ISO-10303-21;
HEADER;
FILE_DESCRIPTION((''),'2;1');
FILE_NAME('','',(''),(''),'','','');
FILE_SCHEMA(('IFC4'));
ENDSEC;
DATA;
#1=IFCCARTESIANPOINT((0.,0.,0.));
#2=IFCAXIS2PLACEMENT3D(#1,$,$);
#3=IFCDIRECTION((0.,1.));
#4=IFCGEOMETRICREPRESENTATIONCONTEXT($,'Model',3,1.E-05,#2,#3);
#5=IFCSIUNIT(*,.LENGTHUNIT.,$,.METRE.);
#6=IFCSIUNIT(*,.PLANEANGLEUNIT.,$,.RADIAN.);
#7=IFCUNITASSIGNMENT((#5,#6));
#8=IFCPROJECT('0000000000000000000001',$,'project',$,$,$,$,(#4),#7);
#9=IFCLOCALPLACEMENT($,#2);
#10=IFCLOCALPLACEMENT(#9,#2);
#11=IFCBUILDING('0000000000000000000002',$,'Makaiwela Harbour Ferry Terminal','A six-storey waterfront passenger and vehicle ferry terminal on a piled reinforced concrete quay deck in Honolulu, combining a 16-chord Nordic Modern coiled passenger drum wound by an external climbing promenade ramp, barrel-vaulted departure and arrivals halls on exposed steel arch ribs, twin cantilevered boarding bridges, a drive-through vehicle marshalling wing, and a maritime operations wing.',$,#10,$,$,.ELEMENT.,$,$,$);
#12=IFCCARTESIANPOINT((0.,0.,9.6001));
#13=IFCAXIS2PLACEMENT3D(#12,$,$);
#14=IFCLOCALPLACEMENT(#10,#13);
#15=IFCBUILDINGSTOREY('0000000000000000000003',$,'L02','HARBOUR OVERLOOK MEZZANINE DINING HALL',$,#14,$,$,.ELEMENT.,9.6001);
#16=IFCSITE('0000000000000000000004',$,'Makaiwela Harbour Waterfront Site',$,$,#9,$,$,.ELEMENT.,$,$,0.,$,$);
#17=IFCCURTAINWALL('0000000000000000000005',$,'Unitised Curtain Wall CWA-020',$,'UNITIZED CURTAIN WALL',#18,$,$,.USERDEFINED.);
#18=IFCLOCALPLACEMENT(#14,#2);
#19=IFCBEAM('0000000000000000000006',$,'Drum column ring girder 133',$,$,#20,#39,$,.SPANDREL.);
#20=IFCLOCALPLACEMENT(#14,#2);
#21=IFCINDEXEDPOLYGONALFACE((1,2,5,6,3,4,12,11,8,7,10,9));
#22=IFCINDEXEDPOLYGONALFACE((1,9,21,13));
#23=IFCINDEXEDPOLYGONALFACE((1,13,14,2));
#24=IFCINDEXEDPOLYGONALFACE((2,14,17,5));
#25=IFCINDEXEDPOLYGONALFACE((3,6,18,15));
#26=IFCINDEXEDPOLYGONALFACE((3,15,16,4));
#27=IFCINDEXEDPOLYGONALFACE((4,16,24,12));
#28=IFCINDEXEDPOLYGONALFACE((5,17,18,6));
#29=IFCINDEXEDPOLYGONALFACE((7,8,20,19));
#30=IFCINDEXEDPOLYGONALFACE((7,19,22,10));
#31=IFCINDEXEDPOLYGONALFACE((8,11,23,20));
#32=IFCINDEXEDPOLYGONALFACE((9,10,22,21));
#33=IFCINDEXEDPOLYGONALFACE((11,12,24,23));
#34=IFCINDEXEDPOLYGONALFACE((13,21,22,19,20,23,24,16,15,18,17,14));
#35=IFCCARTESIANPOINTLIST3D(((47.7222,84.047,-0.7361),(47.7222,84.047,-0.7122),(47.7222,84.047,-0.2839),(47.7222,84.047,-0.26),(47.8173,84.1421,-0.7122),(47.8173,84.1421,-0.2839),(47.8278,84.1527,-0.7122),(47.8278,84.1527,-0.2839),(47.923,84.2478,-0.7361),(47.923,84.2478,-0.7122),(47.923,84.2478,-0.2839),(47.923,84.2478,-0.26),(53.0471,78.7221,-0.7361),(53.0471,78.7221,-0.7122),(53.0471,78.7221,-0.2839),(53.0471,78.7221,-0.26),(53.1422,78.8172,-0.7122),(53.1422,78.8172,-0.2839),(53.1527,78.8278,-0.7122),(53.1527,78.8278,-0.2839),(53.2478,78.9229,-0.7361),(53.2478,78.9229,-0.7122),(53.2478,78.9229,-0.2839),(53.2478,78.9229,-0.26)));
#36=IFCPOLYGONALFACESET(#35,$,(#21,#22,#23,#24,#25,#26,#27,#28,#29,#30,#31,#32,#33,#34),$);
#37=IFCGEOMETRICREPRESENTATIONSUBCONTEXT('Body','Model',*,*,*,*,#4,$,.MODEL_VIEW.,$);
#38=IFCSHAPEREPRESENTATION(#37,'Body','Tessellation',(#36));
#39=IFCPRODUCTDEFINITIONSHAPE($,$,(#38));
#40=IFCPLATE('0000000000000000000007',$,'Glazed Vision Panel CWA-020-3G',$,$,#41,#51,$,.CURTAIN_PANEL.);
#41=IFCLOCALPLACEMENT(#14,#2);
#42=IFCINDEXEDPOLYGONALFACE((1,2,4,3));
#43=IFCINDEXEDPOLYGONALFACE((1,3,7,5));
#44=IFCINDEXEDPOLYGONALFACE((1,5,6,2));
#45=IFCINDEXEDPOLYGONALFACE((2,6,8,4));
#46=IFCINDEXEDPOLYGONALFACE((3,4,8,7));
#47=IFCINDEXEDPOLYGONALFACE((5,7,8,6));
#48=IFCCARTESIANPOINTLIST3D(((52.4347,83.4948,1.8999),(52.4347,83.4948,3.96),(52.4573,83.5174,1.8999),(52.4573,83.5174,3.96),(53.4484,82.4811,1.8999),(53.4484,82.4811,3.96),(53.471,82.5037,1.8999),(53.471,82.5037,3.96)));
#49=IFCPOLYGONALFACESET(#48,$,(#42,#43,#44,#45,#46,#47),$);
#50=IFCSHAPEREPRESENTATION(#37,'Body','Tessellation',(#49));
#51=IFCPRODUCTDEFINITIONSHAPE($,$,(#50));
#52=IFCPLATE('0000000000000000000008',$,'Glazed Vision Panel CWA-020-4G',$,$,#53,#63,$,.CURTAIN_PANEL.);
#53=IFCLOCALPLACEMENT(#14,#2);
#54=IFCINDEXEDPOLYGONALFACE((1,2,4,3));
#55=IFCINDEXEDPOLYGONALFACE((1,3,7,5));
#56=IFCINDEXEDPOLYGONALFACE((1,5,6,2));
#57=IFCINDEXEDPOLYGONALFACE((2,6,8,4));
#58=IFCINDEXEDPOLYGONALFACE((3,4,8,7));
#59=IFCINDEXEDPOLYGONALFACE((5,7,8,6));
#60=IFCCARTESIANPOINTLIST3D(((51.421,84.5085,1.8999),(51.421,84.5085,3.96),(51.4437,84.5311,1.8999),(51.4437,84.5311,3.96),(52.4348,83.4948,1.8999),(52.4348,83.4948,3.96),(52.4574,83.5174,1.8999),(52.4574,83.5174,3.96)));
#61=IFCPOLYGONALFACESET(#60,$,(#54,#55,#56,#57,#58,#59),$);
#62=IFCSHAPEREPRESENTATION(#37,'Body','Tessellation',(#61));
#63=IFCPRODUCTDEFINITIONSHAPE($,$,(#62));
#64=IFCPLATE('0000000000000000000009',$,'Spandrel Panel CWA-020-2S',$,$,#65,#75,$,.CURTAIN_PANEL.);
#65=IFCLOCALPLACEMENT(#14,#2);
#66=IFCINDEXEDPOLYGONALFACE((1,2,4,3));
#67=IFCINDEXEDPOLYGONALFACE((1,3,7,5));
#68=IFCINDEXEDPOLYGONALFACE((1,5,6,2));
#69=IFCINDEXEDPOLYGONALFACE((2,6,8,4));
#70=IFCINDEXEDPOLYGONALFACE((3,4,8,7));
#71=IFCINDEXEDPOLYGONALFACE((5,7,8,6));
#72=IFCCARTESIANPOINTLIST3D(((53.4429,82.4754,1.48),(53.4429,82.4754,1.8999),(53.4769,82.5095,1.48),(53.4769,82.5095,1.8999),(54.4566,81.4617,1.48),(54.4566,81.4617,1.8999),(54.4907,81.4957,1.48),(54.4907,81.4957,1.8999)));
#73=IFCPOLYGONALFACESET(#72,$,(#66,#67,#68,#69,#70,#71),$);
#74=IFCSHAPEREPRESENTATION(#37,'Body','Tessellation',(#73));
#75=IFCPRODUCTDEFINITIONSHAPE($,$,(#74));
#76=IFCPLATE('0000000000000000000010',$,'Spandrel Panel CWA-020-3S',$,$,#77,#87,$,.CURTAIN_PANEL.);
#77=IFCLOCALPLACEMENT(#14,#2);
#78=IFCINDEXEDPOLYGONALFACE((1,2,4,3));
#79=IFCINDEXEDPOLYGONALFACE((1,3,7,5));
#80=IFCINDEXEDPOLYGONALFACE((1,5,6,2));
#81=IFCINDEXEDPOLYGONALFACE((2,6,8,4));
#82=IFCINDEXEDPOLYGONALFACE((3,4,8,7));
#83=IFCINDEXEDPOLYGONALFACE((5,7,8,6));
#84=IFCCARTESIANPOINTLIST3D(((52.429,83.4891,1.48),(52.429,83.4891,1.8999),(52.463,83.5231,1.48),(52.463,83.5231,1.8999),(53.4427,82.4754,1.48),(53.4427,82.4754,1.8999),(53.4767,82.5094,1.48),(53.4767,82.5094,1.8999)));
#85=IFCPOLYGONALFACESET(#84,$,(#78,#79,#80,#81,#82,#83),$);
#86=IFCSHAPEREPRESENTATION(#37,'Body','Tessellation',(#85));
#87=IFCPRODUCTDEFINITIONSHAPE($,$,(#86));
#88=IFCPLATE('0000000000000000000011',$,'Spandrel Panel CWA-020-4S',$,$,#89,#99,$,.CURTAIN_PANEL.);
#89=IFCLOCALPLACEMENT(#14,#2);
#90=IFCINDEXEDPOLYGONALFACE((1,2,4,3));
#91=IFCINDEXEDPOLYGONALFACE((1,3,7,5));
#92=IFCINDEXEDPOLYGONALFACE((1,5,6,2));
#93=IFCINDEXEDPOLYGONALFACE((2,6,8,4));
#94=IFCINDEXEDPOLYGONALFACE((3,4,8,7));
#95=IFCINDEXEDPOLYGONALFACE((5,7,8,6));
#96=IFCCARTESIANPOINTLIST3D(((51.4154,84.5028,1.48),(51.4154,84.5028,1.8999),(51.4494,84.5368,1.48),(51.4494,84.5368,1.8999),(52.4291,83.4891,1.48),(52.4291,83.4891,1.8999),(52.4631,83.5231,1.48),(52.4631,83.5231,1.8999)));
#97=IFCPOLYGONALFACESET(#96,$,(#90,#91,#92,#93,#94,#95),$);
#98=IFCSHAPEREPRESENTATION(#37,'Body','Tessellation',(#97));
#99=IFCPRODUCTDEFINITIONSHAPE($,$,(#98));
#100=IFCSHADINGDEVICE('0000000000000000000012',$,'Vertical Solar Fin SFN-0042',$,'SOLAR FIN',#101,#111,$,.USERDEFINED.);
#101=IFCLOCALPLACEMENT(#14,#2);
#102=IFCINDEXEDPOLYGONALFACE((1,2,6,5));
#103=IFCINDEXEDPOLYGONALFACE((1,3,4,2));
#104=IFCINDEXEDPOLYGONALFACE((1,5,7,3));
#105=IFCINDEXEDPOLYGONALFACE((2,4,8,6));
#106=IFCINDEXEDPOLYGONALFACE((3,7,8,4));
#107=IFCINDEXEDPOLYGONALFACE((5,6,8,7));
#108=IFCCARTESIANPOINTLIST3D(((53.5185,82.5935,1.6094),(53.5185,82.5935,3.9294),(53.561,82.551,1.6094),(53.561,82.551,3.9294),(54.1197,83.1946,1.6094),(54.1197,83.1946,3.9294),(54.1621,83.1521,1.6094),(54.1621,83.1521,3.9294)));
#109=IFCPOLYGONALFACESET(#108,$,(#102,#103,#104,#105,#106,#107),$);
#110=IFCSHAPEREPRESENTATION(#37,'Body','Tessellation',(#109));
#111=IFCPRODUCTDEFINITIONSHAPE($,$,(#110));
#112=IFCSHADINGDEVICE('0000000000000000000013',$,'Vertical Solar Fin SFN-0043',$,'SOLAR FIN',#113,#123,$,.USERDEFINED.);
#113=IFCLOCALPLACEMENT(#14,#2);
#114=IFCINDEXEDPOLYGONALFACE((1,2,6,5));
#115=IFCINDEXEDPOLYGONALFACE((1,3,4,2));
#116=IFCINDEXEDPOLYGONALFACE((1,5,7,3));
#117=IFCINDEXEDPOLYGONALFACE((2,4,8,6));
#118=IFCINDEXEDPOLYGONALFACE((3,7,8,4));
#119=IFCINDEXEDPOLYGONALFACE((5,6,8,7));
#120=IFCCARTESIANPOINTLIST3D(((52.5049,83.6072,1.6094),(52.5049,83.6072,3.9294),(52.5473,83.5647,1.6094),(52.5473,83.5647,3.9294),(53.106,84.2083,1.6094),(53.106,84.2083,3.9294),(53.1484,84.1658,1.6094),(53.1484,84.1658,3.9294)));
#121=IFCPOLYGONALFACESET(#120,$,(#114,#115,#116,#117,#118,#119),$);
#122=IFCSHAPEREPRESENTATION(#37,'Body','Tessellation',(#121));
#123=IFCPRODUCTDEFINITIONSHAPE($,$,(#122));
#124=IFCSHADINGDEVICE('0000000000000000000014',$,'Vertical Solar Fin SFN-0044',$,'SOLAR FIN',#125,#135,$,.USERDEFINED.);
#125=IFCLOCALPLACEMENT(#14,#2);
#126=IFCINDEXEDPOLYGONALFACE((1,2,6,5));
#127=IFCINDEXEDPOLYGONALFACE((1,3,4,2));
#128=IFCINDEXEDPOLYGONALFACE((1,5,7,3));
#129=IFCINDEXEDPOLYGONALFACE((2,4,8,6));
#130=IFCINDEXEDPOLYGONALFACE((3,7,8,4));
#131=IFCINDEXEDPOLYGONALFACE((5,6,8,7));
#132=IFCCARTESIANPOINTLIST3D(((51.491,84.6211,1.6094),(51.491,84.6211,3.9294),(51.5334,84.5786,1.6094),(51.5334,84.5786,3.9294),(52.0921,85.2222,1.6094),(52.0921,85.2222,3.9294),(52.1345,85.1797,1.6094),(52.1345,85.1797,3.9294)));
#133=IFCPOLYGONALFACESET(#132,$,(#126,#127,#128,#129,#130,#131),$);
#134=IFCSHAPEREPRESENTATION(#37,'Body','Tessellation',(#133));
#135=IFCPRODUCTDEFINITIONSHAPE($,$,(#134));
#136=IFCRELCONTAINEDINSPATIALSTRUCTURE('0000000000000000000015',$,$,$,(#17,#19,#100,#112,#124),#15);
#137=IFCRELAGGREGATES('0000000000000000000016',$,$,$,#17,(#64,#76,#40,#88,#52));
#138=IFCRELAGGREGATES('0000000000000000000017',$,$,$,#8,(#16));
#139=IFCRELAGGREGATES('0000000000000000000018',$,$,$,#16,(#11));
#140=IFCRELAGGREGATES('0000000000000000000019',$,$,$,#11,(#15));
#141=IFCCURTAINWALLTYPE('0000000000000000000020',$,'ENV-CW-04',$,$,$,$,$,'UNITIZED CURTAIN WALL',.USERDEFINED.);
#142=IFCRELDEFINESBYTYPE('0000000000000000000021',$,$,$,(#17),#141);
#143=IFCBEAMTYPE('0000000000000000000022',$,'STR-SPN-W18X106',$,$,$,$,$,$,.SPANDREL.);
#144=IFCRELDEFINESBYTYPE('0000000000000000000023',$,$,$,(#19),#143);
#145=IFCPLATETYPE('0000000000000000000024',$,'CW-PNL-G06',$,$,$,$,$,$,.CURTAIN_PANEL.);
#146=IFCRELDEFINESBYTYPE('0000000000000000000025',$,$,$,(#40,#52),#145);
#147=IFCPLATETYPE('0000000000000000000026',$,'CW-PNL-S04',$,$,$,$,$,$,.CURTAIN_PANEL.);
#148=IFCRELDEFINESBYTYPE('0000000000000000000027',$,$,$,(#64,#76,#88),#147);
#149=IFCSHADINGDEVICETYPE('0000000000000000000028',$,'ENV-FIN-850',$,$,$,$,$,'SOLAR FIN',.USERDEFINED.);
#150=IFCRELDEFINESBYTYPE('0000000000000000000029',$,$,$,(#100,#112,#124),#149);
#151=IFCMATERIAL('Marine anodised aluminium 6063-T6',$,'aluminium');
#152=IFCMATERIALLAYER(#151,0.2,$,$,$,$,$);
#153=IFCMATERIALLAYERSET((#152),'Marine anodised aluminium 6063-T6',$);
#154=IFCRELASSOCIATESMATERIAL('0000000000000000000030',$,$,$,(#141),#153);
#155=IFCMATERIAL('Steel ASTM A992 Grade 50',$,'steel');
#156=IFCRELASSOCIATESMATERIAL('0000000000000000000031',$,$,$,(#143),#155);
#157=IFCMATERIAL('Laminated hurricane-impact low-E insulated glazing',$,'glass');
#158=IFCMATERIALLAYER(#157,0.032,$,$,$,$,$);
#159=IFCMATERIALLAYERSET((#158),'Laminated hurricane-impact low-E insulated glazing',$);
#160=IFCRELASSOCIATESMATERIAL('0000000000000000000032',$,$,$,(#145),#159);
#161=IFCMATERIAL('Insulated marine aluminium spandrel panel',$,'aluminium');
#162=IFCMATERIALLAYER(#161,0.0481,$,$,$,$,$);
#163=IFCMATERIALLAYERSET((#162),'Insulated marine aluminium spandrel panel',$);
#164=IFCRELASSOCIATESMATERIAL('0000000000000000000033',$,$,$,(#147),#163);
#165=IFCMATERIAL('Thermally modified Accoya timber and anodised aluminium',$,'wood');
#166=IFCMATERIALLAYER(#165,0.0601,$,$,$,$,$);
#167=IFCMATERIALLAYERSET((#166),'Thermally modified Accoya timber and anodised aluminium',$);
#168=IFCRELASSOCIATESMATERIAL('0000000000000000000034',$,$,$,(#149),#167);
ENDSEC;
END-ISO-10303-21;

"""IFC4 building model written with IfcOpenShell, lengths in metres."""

from ifc_helpers import new_model, si_unit, direction, frame, origin, origin_2d, place, context, subcontext, project, spatial, rectangle, i_section, extrude, material, layer, layer_set, material_profile, profile_set, type_object, element, aggregate, save


model = new_model("IFC4")

# Units and contexts
model_context = context("Model", 3, precision=1e-05, world=origin(), true_north=direction((0.0, 1.0)))
body_context = subcontext(model_context, "Body", "Model", "MODEL_VIEW")
ifc_project = project(units=[si_unit("LENGTHUNIT", "METRE"), si_unit("PLANEANGLEUNIT", "RADIAN")], contexts=[model_context])

# Site, building, storey
site_placement = place(None, origin())
site = spatial("IfcSite", under=ifc_project, at=site_placement, Name="Makaiwela Harbour Waterfront Site", CompositionType="ELEMENT", RefElevation=0.0)
building_placement = place(site_placement, origin())
building = spatial("IfcBuilding", under=site, at=building_placement, Name="Makaiwela Harbour Ferry Terminal", Description="A six-storey waterfront passenger and vehicle ferry terminal on a piled reinforced concrete quay deck in Honolulu, combining a 16-chord Nordic Modern coiled passenger drum wound by an external climbing promenade ramp, barrel-vaulted departure and arrivals halls on exposed steel arch ribs, twin cantilevered boarding bridges, a drive-through vehicle marshalling wing, and a maritime operations wing.", CompositionType="ELEMENT")
storey_placement = place(building_placement, frame((0.0, 0.0, 9.6001)))
storey = spatial("IfcBuildingStorey", under=building, at=storey_placement, Name="L02", Description="HARBOUR OVERLOOK MEZZANINE DINING HALL", CompositionType="ELEMENT", Elevation=9.6001)

# Shared definitions
ifc_material_1 = material(Name="Steel ASTM A992 Grade 50", Category="steel")

# Curtain wall
ifc_material_2 = material(Name="Marine anodised aluminium 6063-T6", Category="aluminium")
ifc_layer_1 = layer(ifc_material_2, 0.2)
ifc_layer_set_1 = layer_set([ifc_layer_1], Name="Marine anodised aluminium 6063-T6")
curtain_wall_type = type_object("IfcCurtainWallType", Name="ENV-CW-04", ElementType="UNITIZED CURTAIN WALL", PredefinedType="USERDEFINED", material=ifc_layer_set_1)
curtain_wall_placement = place(storey_placement, origin())
curtain_wall = element("IfcCurtainWall", 1, at=curtain_wall_placement, inside=storey, type_object=curtain_wall_type, Name="Unitised Curtain Wall CWA-020", ObjectType="UNITIZED CURTAIN WALL", PredefinedType="USERDEFINED")

# Beam
ifc_material_profile_1 = material_profile(ifc_material_1, i_section(OverallWidth=0.2839, OverallDepth=0.4761, WebThickness=0.0149, FlangeThickness=0.0239, at=origin_2d()), Name="W18X106")
ifc_profile_set_1 = profile_set([ifc_material_profile_1], Name="Steel ASTM A992 Grade 50")
beam_type_1 = type_object("IfcBeamType", Name="STR-SPN-W18X106", PredefinedType="SPANDREL", material=ifc_profile_set_1)
beam_1_placement = place(storey_placement, frame((53.1475, 78.8225, -0.498), z_axis=(-0.707107, 0.707107, 0.0), x_axis=(-0.707107, -0.707107, 0.0)))
element("IfcBeam", 2, at=beam_1_placement, inside=storey, type_object=beam_type_1, Name="Drum column ring girder 133", PredefinedType="SPANDREL", context=body_context, shape_type="SweptSolid", body=[
    extrude(i_section(OverallWidth=0.2839, OverallDepth=0.4761, WebThickness=0.0149, FlangeThickness=0.0239, at=origin_2d()), origin(), (0.0, 0.0, 1.0), 7.5305),
])

# Plates
ifc_material_3 = material(Name="Laminated hurricane-impact low-E insulated glazing", Category="glass")
ifc_layer_2 = layer(ifc_material_3, 0.032)
ifc_layer_set_2 = layer_set([ifc_layer_2], Name="Laminated hurricane-impact low-E insulated glazing")
plate_type_1 = type_object("IfcPlateType", Name="CW-PNL-G06", PredefinedType="CURTAIN_PANEL", material=ifc_layer_set_2)
plate_1_placement = place(storey_placement, frame((52.9529, 82.9993, 1.8999), z_axis=(0.0, 0.0, 1.0), x_axis=(-0.707107, 0.707107, 0.0)))
plate_1 = element("IfcPlate", 3, at=plate_1_placement, type_object=plate_type_1, Name="Glazed Vision Panel CWA-020-3G", PredefinedType="CURTAIN_PANEL", context=body_context, shape_type="SweptSolid", body=[
    extrude(rectangle(XDim=1.4336, YDim=0.032, at=origin_2d()), origin(), (0.0, 0.0, 1.0), 2.0601),
])
plate_2_placement = place(storey_placement, frame((51.9392, 84.0129, 1.8999), z_axis=(0.0, 0.0, 1.0), x_axis=(-0.707107, 0.707107, 0.0)))
plate_2 = element("IfcPlate", 4, at=plate_2_placement, type_object=plate_type_1, Name="Glazed Vision Panel CWA-020-4G", PredefinedType="CURTAIN_PANEL", context=body_context, shape_type="SweptSolid", body=[
    extrude(rectangle(XDim=1.4336, YDim=0.032, at=origin_2d()), origin(), (0.0, 0.0, 1.0), 2.0601),
])
ifc_material_4 = material(Name="Insulated marine aluminium spandrel panel", Category="aluminium")
ifc_layer_3 = layer(ifc_material_4, 0.0481)
ifc_layer_set_3 = layer_set([ifc_layer_3], Name="Insulated marine aluminium spandrel panel")
plate_type_2 = type_object("IfcPlateType", Name="CW-PNL-S04", PredefinedType="CURTAIN_PANEL", material=ifc_layer_set_3)
plate_3_placement = place(storey_placement, frame((53.9668, 81.9856, 1.48), z_axis=(0.0, 0.0, 1.0), x_axis=(-0.707107, 0.707107, 0.0)))
plate_3 = element("IfcPlate", 5, at=plate_3_placement, type_object=plate_type_2, Name="Spandrel Panel CWA-020-2S", PredefinedType="CURTAIN_PANEL", context=body_context, shape_type="SweptSolid", body=[
    extrude(rectangle(XDim=1.4336, YDim=0.0481, at=origin_2d()), origin(), (0.0, 0.0, 1.0), 0.4199),
])
plate_4_placement = place(storey_placement, frame((52.9529, 82.9993, 1.48), z_axis=(0.0, 0.0, 1.0), x_axis=(-0.707107, 0.707107, 0.0)))
plate_4 = element("IfcPlate", 6, at=plate_4_placement, type_object=plate_type_2, Name="Spandrel Panel CWA-020-3S", PredefinedType="CURTAIN_PANEL", context=body_context, shape_type="SweptSolid", body=[
    extrude(rectangle(XDim=1.4336, YDim=0.0481, at=origin_2d()), origin(), (0.0, 0.0, 1.0), 0.4199),
])
plate_5_placement = place(storey_placement, frame((51.9392, 84.0129, 1.48), z_axis=(0.0, 0.0, 1.0), x_axis=(-0.707107, 0.707107, 0.0)))
plate_5 = element("IfcPlate", 7, at=plate_5_placement, type_object=plate_type_2, Name="Spandrel Panel CWA-020-4S", PredefinedType="CURTAIN_PANEL", context=body_context, shape_type="SweptSolid", body=[
    extrude(rectangle(XDim=1.4336, YDim=0.0481, at=origin_2d()), origin(), (0.0, 0.0, 1.0), 0.4199),
])
aggregate(curtain_wall, [plate_3, plate_4, plate_1, plate_5, plate_2])

# Shading devices
ifc_material_5 = material(Name="Thermally modified Accoya timber and anodised aluminium", Category="wood")
ifc_layer_4 = layer(ifc_material_5, 0.0601)
ifc_layer_set_4 = layer_set([ifc_layer_4], Name="Thermally modified Accoya timber and anodised aluminium")
shading_device_type = type_object("IfcShadingDeviceType", Name="ENV-FIN-850", ElementType="SOLAR FIN", PredefinedType="USERDEFINED", material=ifc_layer_set_4)
for number, where, z_axis, x_axis, name in (
    (8, (53.8403, 82.8728, 1.6094), (0.0, 0.0, 1.0), (0.707107, 0.707107, 0.0), "Vertical Solar Fin SFN-0042"),
    (9, (52.8267, 83.8865, 1.6094), (0.0, 0.0, 1.0), (0.707107, 0.707107, 0.0), "Vertical Solar Fin SFN-0043"),
    (10, (51.8127, 84.9004, 1.6094), (0.0, 0.0, 1.0), (0.707107, 0.707107, 0.0), "Vertical Solar Fin SFN-0044"),
):
    element("IfcShadingDevice", number, at=place(storey_placement, frame(where, z_axis=z_axis, x_axis=x_axis)), inside=storey, type_object=shading_device_type, Name=name, ObjectType="SOLAR FIN", PredefinedType="USERDEFINED", context=body_context, shape_type="SweptSolid", body=[
        extrude(rectangle(XDim=0.8501, YDim=0.0601, at=origin_2d()), origin(), (0.0, 0.0, 1.0), 2.3201),
    ])

save(model, "model.ifc")
